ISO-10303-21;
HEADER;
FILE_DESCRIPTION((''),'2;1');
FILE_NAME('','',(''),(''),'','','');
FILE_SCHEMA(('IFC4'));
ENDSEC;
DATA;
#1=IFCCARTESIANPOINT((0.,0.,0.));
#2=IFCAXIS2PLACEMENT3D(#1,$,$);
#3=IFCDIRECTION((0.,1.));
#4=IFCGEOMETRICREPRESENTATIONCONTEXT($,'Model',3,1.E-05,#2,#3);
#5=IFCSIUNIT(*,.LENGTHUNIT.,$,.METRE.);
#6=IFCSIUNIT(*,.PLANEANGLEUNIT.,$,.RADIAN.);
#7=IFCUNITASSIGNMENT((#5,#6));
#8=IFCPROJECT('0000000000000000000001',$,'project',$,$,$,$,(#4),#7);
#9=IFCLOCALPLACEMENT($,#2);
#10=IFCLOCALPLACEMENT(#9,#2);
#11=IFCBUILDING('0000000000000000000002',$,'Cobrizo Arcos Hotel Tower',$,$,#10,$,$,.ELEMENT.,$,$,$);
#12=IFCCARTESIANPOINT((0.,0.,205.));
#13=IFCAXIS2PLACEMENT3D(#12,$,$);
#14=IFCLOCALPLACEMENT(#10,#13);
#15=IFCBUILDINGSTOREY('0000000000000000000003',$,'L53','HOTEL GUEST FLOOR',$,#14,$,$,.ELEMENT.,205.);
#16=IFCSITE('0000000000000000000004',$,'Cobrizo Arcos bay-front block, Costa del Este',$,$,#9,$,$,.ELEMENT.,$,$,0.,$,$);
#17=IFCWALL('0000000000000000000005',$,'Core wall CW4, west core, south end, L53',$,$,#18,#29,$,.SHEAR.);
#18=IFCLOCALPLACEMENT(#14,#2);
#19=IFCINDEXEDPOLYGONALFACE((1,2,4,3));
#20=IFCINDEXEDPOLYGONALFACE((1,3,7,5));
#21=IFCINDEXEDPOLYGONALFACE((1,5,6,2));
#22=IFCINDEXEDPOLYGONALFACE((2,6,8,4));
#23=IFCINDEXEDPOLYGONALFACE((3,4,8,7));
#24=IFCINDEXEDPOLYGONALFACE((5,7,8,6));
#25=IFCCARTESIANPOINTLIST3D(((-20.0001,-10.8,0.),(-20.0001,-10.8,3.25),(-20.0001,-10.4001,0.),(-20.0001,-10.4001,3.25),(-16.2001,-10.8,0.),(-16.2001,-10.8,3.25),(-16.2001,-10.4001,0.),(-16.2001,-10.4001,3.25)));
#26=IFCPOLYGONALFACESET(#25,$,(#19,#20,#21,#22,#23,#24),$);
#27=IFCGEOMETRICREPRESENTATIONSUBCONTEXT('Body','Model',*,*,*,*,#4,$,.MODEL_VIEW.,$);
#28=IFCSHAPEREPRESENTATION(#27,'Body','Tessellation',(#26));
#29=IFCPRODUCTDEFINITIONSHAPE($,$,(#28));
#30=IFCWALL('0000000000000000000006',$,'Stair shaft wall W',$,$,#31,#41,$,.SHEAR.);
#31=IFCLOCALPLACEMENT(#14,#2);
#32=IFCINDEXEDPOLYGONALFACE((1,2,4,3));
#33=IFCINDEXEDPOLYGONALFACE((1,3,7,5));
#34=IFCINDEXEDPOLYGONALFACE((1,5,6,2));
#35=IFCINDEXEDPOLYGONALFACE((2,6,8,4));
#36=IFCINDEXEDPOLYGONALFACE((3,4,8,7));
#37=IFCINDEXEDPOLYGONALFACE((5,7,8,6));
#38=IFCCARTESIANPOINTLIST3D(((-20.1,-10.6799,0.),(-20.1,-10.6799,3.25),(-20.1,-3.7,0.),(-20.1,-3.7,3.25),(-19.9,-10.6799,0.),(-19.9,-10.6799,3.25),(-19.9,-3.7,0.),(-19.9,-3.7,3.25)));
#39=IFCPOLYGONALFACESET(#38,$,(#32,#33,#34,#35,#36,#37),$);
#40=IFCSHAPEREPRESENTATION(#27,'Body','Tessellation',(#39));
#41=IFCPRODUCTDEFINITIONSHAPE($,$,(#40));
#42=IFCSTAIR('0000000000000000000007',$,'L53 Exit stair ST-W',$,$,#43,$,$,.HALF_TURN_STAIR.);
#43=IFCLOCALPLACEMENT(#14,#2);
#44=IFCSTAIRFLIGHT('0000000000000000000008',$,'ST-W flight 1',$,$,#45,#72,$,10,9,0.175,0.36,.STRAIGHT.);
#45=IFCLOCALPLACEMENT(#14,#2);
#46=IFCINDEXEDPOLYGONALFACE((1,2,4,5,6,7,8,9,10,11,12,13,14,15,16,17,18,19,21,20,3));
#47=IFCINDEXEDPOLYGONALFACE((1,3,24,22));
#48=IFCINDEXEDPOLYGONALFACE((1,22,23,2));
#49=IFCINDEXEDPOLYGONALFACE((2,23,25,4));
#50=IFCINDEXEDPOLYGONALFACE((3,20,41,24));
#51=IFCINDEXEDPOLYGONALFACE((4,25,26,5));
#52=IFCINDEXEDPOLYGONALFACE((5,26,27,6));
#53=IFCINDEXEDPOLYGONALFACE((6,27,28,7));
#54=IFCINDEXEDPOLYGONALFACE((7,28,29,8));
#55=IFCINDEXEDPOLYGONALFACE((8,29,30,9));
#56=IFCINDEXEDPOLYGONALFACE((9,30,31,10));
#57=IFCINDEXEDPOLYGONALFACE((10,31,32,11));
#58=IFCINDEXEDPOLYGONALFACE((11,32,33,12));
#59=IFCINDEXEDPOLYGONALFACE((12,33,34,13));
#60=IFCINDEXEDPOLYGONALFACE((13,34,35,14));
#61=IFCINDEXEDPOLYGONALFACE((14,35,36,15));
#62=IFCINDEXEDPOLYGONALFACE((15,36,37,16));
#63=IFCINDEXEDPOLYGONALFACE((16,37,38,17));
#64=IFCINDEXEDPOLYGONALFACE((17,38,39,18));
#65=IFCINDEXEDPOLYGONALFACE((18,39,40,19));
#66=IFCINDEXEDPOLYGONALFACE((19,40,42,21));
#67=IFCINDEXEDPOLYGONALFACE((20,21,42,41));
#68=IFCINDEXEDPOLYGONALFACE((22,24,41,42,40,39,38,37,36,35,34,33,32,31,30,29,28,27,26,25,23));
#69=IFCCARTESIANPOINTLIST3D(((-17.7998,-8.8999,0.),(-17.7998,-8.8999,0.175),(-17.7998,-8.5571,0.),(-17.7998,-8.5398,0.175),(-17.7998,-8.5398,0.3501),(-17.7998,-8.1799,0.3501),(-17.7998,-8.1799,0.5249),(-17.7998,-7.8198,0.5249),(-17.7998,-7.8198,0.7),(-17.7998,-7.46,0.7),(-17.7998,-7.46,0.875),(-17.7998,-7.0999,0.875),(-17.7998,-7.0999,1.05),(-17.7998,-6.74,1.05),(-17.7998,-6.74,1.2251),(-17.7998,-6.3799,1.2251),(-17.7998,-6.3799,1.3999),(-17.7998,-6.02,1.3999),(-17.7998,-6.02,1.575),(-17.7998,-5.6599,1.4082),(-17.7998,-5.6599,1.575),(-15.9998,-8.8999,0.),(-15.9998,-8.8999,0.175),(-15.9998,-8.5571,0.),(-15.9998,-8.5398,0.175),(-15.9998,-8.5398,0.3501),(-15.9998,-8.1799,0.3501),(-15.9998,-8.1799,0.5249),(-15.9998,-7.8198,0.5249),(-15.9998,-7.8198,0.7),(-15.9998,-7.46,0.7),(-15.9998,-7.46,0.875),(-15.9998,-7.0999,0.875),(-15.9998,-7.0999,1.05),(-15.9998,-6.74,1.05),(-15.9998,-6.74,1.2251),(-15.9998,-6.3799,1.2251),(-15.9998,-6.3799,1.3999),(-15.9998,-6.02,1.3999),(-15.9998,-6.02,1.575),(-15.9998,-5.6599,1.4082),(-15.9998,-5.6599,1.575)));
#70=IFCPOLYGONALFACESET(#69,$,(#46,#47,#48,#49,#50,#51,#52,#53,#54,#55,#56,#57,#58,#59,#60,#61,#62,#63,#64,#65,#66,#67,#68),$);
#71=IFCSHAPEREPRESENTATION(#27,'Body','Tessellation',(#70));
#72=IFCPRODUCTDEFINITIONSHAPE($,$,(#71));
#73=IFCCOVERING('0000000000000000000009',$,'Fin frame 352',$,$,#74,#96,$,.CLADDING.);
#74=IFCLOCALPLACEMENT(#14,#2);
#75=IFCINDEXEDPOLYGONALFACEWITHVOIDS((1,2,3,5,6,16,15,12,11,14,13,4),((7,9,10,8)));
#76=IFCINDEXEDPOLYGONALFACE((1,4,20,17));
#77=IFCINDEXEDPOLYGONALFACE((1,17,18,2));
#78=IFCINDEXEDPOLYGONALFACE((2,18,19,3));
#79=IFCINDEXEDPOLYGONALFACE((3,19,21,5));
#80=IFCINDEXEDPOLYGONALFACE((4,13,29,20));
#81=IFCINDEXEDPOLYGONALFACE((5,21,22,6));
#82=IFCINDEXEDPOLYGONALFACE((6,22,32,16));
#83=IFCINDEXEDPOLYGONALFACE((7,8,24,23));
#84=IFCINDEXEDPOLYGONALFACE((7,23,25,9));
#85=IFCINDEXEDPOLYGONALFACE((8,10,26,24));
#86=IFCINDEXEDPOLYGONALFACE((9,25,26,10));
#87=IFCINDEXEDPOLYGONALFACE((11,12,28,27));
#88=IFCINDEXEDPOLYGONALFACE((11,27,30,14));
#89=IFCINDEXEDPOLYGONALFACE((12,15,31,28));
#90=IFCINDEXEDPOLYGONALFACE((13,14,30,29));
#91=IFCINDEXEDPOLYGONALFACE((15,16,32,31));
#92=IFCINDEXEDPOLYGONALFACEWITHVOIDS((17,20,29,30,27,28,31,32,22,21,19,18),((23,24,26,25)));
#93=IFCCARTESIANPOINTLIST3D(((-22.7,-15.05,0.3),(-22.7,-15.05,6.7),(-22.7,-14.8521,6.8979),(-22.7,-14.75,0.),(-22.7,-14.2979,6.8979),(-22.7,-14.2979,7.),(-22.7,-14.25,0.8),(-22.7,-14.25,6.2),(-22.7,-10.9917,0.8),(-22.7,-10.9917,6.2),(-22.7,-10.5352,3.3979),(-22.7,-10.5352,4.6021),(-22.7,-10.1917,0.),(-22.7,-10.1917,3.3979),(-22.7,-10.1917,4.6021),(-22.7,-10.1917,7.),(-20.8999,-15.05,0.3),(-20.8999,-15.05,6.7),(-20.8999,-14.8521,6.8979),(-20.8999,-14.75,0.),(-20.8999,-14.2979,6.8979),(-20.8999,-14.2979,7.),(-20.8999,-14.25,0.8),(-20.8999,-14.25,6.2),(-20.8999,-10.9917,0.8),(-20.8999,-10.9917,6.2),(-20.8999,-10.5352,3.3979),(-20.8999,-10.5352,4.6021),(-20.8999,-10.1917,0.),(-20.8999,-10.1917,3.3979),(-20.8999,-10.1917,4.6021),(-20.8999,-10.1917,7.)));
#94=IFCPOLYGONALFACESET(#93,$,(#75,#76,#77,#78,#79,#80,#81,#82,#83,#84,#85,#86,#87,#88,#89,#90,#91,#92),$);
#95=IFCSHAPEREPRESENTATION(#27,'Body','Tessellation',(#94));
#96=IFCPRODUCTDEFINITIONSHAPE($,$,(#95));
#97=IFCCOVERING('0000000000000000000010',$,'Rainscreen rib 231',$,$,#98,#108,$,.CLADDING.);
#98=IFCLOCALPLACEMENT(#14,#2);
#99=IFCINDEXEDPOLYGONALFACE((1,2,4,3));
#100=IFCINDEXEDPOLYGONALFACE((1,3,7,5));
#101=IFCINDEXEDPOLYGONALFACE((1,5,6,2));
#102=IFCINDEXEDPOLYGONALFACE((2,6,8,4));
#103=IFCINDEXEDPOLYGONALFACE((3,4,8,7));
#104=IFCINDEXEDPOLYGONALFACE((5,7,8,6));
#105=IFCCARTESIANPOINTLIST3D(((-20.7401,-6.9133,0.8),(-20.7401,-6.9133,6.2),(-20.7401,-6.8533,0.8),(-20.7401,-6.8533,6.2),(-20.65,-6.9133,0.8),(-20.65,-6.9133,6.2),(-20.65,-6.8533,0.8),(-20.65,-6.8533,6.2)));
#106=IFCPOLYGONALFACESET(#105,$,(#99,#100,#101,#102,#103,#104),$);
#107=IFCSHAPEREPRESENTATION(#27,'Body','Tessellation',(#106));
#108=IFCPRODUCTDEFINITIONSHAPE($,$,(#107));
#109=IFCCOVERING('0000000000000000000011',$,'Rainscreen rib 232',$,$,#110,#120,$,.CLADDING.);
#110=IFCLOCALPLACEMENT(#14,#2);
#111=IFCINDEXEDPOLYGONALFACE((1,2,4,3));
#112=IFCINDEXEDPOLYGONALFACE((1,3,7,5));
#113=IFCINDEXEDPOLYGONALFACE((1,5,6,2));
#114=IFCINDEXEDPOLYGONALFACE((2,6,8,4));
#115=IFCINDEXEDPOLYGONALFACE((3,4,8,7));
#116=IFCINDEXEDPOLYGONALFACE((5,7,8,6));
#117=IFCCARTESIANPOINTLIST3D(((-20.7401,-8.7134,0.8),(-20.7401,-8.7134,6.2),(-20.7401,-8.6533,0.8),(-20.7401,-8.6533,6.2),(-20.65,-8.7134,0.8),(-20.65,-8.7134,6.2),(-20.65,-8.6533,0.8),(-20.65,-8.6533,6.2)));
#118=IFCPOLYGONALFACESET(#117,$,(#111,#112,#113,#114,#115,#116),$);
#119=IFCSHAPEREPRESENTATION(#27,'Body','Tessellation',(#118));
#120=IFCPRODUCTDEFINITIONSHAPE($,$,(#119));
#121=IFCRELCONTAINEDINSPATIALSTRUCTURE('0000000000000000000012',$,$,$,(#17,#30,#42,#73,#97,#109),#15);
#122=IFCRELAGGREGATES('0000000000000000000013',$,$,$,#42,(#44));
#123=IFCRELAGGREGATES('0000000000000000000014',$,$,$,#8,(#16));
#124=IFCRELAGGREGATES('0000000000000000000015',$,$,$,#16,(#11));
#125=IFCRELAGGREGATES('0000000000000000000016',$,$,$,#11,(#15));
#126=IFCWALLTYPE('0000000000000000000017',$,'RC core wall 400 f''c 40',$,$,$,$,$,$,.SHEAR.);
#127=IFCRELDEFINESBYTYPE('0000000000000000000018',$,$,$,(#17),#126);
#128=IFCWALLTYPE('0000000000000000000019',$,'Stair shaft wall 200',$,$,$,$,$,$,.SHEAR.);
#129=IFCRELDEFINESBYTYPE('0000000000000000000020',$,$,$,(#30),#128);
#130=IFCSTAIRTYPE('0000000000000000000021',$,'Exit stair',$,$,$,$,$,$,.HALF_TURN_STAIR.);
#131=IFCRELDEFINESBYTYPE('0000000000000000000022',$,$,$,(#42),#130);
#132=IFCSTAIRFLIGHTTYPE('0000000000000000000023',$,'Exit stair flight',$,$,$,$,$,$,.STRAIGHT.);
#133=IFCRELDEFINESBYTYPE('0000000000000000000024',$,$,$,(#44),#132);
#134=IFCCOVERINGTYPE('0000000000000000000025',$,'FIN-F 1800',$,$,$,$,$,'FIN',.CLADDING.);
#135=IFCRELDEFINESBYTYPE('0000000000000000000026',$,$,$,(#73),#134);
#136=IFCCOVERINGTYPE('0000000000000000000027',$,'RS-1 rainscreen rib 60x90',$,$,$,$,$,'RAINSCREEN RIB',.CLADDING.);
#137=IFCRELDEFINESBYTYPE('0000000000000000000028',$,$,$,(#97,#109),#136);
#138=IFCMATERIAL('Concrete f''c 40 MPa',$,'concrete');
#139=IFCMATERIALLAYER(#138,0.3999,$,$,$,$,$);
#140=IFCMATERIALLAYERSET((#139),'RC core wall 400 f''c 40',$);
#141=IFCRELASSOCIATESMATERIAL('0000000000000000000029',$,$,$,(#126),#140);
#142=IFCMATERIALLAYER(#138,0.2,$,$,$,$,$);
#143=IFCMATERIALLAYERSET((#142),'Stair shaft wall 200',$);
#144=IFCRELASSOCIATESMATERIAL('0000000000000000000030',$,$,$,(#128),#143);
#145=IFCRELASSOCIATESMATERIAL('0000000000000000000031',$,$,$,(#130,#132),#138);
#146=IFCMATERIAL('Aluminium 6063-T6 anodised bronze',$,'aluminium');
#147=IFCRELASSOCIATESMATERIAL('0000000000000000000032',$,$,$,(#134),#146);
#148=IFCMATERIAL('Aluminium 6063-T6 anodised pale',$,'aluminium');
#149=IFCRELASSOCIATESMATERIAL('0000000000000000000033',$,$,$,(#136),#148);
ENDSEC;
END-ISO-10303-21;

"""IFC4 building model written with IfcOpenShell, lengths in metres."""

from ifc_helpers import new_model, si_unit, direction, frame, frame_2d, origin, origin_2d, place, context, subcontext, project, spatial, polyline, rectangle, outline, extrude, material, layer, layer_set, type_object, element, aggregate, save


model = new_model("IFC4")

# Units and contexts
model_context = context("Model", 3, precision=1e-05, world=origin(), true_north=direction((0.0, 1.0)))
body_context = subcontext(model_context, "Body", "Model", "MODEL_VIEW")
ifc_project = project(units=[si_unit("LENGTHUNIT", "METRE"), si_unit("PLANEANGLEUNIT", "RADIAN")], contexts=[model_context])

# Site, building, storey
site_placement = place(None, origin())
site = spatial("IfcSite", under=ifc_project, at=site_placement, Name="Cobrizo Arcos bay-front block, Costa del Este", CompositionType="ELEMENT", RefElevation=0.0)
building_placement = place(site_placement, origin())
building = spatial("IfcBuilding", under=site, at=building_placement, Name="Cobrizo Arcos Hotel Tower", CompositionType="ELEMENT")
storey_placement = place(building_placement, frame((0.0, 0.0, 205.0)))
storey = spatial("IfcBuildingStorey", under=building, at=storey_placement, Name="L53", Description="HOTEL GUEST FLOOR", CompositionType="ELEMENT", Elevation=205.0)

# Shared definitions
ifc_material_1 = material(Name="Concrete f'c 40 MPa", Category="concrete")
ifc_layer_1 = layer(ifc_material_1, 0.3999)
ifc_layer_set_1 = layer_set([ifc_layer_1], Name="RC core wall 400 f'c 40")
wall_type_1 = type_object("IfcWallType", Name="RC core wall 400 f'c 40", PredefinedType="SHEAR", material=ifc_layer_set_1)

# Walls
wall_1_placement = place(storey_placement, frame((-20.0, -10.6001, 0.0), z_axis=(0.0, 0.0, 1.0), x_axis=(1.0, 0.0, 0.0)))
element("IfcWall", 1, at=wall_1_placement, inside=storey, type_object=wall_type_1, Name="Core wall CW4, west core, south end, L53", PredefinedType="SHEAR", context=body_context, shape_type="SweptSolid", body=[
    extrude(rectangle(XDim=3.8, YDim=0.3999, at=frame_2d((1.8999, 0.0))), origin(), (0.0, 0.0, 1.0), 3.25),
])
ifc_layer_2 = layer(ifc_material_1, 0.2)
ifc_layer_set_2 = layer_set([ifc_layer_2], Name="Stair shaft wall 200")
wall_type_2 = type_object("IfcWallType", Name="Stair shaft wall 200", PredefinedType="SHEAR", material=ifc_layer_set_2)
wall_2_placement = place(storey_placement, frame((-20.0, -10.6799, 0.0), z_axis=(0.0, 0.0, 1.0), x_axis=(0.0, 1.0, 0.0)))
element("IfcWall", 2, at=wall_2_placement, inside=storey, type_object=wall_type_2, Name="Stair shaft wall W", PredefinedType="SHEAR", context=body_context, shape_type="SweptSolid", body=[
    extrude(rectangle(XDim=6.98, YDim=0.2, at=frame_2d((3.49, 0.0))), origin(), (0.0, 0.0, 1.0), 3.25),
])

# Stair, stair flight
stair_type = type_object("IfcStairType", Name="Exit stair", PredefinedType="HALF_TURN_STAIR", material=ifc_material_1)
stair_placement = place(storey_placement, origin())
stair = element("IfcStair", 3, at=stair_placement, inside=storey, type_object=stair_type, Name="L53 Exit stair ST-W", PredefinedType="HALF_TURN_STAIR")
stair_flight_type = type_object("IfcStairFlightType", Name="Exit stair flight", PredefinedType="STRAIGHT", material=ifc_material_1)
stair_flight_placement = place(storey_placement, frame((-16.8999, -8.8999, 0.0), z_axis=(0.0, 0.0, 1.0), x_axis=(0.0, 1.0, 0.0)))
stair_flight = element("IfcStairFlight", 4, at=stair_flight_placement, type_object=stair_flight_type, Name="ST-W flight 1", NumberOfRisers=10, NumberOfTreads=9, PredefinedType="STRAIGHT", RiserHeight=0.175, TreadLength=0.36, context=body_context, shape_type="SweptSolid", body=[
    extrude(outline(polyline([(0.0, 0.0), (0.0, 0.175), (0.3601, 0.175), (0.3601, 0.3501), (0.72, 0.3501), (0.72, 0.5249), (1.0801, 0.5249), (1.0801, 0.7), (1.4399, 0.7), (1.4399, 0.875), (1.8, 0.875), (1.8, 1.05), (2.1599, 1.05), (2.1599, 1.2251), (2.52, 1.2251), (2.52, 1.3999), (2.8799, 1.3999), (2.8799, 1.575), (3.24, 1.575), (3.24, 1.75), (3.24, 1.4082), (0.3428, 0.0), (0.0, 0.0)])), frame((0.0, 0.8999, 0.0), z_axis=(0.0, -1.0, 0.0), x_axis=(1.0, 0.0, 0.0)), (0.0, 0.0, 1.0), 1.8),
])
aggregate(stair, [stair_flight])

# Coverings
ifc_material_2 = material(Name="Aluminium 6063-T6 anodised bronze", Category="aluminium")
covering_type_1 = type_object("IfcCoveringType", Name="FIN-F 1800", ElementType="FIN", PredefinedType="CLADDING", material=ifc_material_2)
covering_placement = place(storey_placement, frame((-20.8999, -10.1917, 0.0), z_axis=(-1.0, 0.0, 0.0), x_axis=(0.0, -1.0, 0.0)))
element("IfcCovering", 5, at=covering_placement, inside=storey, type_object=covering_type_1, Name="Fin frame 352", PredefinedType="CLADDING", context=body_context, shape_type="SweptSolid", body=[
    extrude(outline(polyline([(4.8584, 6.7), (4.6604, 6.8979), (4.1062, 6.8979), (4.1062, 7.0), (0.0, 7.0), (0.0, 4.6021), (0.3435, 4.6021), (0.3435, 3.3979), (0.0, 3.3979), (0.0, 0.0), (4.5583, 0.0), (4.8584, 0.3), (4.8584, 6.7)]), holes=[polyline([(4.0583, 0.8), (0.8, 0.8), (0.8, 6.2), (4.0583, 6.2), (4.0583, 0.8)])]), origin(), (0.0, 0.0, 1.0), 1.8),
])
ifc_material_3 = material(Name="Aluminium 6063-T6 anodised pale", Category="aluminium")
covering_type_2 = type_object("IfcCoveringType", Name="RS-1 rainscreen rib 60x90", ElementType="RAINSCREEN RIB", PredefinedType="CLADDING", material=ifc_material_3)
for number, where, z_axis, x_axis, name in (
    (6, (-20.6951, -6.8833, 0.8), (0.0, 0.0, 1.0), (0.0, -1.0, 0.0), "Rainscreen rib 231"),
    (7, (-20.6951, -8.6833, 0.8), (0.0, 0.0, 1.0), (0.0, -1.0, 0.0), "Rainscreen rib 232"),
):
    element("IfcCovering", number, at=place(storey_placement, frame(where, z_axis=z_axis, x_axis=x_axis)), inside=storey, type_object=covering_type_2, Name=name, PredefinedType="CLADDING", context=body_context, shape_type="SweptSolid", body=[
        extrude(rectangle(XDim=0.0601, YDim=0.0901, at=origin_2d()), origin(), (0.0, 0.0, 1.0), 5.3999),
    ])

save(model, "model.ifc")
